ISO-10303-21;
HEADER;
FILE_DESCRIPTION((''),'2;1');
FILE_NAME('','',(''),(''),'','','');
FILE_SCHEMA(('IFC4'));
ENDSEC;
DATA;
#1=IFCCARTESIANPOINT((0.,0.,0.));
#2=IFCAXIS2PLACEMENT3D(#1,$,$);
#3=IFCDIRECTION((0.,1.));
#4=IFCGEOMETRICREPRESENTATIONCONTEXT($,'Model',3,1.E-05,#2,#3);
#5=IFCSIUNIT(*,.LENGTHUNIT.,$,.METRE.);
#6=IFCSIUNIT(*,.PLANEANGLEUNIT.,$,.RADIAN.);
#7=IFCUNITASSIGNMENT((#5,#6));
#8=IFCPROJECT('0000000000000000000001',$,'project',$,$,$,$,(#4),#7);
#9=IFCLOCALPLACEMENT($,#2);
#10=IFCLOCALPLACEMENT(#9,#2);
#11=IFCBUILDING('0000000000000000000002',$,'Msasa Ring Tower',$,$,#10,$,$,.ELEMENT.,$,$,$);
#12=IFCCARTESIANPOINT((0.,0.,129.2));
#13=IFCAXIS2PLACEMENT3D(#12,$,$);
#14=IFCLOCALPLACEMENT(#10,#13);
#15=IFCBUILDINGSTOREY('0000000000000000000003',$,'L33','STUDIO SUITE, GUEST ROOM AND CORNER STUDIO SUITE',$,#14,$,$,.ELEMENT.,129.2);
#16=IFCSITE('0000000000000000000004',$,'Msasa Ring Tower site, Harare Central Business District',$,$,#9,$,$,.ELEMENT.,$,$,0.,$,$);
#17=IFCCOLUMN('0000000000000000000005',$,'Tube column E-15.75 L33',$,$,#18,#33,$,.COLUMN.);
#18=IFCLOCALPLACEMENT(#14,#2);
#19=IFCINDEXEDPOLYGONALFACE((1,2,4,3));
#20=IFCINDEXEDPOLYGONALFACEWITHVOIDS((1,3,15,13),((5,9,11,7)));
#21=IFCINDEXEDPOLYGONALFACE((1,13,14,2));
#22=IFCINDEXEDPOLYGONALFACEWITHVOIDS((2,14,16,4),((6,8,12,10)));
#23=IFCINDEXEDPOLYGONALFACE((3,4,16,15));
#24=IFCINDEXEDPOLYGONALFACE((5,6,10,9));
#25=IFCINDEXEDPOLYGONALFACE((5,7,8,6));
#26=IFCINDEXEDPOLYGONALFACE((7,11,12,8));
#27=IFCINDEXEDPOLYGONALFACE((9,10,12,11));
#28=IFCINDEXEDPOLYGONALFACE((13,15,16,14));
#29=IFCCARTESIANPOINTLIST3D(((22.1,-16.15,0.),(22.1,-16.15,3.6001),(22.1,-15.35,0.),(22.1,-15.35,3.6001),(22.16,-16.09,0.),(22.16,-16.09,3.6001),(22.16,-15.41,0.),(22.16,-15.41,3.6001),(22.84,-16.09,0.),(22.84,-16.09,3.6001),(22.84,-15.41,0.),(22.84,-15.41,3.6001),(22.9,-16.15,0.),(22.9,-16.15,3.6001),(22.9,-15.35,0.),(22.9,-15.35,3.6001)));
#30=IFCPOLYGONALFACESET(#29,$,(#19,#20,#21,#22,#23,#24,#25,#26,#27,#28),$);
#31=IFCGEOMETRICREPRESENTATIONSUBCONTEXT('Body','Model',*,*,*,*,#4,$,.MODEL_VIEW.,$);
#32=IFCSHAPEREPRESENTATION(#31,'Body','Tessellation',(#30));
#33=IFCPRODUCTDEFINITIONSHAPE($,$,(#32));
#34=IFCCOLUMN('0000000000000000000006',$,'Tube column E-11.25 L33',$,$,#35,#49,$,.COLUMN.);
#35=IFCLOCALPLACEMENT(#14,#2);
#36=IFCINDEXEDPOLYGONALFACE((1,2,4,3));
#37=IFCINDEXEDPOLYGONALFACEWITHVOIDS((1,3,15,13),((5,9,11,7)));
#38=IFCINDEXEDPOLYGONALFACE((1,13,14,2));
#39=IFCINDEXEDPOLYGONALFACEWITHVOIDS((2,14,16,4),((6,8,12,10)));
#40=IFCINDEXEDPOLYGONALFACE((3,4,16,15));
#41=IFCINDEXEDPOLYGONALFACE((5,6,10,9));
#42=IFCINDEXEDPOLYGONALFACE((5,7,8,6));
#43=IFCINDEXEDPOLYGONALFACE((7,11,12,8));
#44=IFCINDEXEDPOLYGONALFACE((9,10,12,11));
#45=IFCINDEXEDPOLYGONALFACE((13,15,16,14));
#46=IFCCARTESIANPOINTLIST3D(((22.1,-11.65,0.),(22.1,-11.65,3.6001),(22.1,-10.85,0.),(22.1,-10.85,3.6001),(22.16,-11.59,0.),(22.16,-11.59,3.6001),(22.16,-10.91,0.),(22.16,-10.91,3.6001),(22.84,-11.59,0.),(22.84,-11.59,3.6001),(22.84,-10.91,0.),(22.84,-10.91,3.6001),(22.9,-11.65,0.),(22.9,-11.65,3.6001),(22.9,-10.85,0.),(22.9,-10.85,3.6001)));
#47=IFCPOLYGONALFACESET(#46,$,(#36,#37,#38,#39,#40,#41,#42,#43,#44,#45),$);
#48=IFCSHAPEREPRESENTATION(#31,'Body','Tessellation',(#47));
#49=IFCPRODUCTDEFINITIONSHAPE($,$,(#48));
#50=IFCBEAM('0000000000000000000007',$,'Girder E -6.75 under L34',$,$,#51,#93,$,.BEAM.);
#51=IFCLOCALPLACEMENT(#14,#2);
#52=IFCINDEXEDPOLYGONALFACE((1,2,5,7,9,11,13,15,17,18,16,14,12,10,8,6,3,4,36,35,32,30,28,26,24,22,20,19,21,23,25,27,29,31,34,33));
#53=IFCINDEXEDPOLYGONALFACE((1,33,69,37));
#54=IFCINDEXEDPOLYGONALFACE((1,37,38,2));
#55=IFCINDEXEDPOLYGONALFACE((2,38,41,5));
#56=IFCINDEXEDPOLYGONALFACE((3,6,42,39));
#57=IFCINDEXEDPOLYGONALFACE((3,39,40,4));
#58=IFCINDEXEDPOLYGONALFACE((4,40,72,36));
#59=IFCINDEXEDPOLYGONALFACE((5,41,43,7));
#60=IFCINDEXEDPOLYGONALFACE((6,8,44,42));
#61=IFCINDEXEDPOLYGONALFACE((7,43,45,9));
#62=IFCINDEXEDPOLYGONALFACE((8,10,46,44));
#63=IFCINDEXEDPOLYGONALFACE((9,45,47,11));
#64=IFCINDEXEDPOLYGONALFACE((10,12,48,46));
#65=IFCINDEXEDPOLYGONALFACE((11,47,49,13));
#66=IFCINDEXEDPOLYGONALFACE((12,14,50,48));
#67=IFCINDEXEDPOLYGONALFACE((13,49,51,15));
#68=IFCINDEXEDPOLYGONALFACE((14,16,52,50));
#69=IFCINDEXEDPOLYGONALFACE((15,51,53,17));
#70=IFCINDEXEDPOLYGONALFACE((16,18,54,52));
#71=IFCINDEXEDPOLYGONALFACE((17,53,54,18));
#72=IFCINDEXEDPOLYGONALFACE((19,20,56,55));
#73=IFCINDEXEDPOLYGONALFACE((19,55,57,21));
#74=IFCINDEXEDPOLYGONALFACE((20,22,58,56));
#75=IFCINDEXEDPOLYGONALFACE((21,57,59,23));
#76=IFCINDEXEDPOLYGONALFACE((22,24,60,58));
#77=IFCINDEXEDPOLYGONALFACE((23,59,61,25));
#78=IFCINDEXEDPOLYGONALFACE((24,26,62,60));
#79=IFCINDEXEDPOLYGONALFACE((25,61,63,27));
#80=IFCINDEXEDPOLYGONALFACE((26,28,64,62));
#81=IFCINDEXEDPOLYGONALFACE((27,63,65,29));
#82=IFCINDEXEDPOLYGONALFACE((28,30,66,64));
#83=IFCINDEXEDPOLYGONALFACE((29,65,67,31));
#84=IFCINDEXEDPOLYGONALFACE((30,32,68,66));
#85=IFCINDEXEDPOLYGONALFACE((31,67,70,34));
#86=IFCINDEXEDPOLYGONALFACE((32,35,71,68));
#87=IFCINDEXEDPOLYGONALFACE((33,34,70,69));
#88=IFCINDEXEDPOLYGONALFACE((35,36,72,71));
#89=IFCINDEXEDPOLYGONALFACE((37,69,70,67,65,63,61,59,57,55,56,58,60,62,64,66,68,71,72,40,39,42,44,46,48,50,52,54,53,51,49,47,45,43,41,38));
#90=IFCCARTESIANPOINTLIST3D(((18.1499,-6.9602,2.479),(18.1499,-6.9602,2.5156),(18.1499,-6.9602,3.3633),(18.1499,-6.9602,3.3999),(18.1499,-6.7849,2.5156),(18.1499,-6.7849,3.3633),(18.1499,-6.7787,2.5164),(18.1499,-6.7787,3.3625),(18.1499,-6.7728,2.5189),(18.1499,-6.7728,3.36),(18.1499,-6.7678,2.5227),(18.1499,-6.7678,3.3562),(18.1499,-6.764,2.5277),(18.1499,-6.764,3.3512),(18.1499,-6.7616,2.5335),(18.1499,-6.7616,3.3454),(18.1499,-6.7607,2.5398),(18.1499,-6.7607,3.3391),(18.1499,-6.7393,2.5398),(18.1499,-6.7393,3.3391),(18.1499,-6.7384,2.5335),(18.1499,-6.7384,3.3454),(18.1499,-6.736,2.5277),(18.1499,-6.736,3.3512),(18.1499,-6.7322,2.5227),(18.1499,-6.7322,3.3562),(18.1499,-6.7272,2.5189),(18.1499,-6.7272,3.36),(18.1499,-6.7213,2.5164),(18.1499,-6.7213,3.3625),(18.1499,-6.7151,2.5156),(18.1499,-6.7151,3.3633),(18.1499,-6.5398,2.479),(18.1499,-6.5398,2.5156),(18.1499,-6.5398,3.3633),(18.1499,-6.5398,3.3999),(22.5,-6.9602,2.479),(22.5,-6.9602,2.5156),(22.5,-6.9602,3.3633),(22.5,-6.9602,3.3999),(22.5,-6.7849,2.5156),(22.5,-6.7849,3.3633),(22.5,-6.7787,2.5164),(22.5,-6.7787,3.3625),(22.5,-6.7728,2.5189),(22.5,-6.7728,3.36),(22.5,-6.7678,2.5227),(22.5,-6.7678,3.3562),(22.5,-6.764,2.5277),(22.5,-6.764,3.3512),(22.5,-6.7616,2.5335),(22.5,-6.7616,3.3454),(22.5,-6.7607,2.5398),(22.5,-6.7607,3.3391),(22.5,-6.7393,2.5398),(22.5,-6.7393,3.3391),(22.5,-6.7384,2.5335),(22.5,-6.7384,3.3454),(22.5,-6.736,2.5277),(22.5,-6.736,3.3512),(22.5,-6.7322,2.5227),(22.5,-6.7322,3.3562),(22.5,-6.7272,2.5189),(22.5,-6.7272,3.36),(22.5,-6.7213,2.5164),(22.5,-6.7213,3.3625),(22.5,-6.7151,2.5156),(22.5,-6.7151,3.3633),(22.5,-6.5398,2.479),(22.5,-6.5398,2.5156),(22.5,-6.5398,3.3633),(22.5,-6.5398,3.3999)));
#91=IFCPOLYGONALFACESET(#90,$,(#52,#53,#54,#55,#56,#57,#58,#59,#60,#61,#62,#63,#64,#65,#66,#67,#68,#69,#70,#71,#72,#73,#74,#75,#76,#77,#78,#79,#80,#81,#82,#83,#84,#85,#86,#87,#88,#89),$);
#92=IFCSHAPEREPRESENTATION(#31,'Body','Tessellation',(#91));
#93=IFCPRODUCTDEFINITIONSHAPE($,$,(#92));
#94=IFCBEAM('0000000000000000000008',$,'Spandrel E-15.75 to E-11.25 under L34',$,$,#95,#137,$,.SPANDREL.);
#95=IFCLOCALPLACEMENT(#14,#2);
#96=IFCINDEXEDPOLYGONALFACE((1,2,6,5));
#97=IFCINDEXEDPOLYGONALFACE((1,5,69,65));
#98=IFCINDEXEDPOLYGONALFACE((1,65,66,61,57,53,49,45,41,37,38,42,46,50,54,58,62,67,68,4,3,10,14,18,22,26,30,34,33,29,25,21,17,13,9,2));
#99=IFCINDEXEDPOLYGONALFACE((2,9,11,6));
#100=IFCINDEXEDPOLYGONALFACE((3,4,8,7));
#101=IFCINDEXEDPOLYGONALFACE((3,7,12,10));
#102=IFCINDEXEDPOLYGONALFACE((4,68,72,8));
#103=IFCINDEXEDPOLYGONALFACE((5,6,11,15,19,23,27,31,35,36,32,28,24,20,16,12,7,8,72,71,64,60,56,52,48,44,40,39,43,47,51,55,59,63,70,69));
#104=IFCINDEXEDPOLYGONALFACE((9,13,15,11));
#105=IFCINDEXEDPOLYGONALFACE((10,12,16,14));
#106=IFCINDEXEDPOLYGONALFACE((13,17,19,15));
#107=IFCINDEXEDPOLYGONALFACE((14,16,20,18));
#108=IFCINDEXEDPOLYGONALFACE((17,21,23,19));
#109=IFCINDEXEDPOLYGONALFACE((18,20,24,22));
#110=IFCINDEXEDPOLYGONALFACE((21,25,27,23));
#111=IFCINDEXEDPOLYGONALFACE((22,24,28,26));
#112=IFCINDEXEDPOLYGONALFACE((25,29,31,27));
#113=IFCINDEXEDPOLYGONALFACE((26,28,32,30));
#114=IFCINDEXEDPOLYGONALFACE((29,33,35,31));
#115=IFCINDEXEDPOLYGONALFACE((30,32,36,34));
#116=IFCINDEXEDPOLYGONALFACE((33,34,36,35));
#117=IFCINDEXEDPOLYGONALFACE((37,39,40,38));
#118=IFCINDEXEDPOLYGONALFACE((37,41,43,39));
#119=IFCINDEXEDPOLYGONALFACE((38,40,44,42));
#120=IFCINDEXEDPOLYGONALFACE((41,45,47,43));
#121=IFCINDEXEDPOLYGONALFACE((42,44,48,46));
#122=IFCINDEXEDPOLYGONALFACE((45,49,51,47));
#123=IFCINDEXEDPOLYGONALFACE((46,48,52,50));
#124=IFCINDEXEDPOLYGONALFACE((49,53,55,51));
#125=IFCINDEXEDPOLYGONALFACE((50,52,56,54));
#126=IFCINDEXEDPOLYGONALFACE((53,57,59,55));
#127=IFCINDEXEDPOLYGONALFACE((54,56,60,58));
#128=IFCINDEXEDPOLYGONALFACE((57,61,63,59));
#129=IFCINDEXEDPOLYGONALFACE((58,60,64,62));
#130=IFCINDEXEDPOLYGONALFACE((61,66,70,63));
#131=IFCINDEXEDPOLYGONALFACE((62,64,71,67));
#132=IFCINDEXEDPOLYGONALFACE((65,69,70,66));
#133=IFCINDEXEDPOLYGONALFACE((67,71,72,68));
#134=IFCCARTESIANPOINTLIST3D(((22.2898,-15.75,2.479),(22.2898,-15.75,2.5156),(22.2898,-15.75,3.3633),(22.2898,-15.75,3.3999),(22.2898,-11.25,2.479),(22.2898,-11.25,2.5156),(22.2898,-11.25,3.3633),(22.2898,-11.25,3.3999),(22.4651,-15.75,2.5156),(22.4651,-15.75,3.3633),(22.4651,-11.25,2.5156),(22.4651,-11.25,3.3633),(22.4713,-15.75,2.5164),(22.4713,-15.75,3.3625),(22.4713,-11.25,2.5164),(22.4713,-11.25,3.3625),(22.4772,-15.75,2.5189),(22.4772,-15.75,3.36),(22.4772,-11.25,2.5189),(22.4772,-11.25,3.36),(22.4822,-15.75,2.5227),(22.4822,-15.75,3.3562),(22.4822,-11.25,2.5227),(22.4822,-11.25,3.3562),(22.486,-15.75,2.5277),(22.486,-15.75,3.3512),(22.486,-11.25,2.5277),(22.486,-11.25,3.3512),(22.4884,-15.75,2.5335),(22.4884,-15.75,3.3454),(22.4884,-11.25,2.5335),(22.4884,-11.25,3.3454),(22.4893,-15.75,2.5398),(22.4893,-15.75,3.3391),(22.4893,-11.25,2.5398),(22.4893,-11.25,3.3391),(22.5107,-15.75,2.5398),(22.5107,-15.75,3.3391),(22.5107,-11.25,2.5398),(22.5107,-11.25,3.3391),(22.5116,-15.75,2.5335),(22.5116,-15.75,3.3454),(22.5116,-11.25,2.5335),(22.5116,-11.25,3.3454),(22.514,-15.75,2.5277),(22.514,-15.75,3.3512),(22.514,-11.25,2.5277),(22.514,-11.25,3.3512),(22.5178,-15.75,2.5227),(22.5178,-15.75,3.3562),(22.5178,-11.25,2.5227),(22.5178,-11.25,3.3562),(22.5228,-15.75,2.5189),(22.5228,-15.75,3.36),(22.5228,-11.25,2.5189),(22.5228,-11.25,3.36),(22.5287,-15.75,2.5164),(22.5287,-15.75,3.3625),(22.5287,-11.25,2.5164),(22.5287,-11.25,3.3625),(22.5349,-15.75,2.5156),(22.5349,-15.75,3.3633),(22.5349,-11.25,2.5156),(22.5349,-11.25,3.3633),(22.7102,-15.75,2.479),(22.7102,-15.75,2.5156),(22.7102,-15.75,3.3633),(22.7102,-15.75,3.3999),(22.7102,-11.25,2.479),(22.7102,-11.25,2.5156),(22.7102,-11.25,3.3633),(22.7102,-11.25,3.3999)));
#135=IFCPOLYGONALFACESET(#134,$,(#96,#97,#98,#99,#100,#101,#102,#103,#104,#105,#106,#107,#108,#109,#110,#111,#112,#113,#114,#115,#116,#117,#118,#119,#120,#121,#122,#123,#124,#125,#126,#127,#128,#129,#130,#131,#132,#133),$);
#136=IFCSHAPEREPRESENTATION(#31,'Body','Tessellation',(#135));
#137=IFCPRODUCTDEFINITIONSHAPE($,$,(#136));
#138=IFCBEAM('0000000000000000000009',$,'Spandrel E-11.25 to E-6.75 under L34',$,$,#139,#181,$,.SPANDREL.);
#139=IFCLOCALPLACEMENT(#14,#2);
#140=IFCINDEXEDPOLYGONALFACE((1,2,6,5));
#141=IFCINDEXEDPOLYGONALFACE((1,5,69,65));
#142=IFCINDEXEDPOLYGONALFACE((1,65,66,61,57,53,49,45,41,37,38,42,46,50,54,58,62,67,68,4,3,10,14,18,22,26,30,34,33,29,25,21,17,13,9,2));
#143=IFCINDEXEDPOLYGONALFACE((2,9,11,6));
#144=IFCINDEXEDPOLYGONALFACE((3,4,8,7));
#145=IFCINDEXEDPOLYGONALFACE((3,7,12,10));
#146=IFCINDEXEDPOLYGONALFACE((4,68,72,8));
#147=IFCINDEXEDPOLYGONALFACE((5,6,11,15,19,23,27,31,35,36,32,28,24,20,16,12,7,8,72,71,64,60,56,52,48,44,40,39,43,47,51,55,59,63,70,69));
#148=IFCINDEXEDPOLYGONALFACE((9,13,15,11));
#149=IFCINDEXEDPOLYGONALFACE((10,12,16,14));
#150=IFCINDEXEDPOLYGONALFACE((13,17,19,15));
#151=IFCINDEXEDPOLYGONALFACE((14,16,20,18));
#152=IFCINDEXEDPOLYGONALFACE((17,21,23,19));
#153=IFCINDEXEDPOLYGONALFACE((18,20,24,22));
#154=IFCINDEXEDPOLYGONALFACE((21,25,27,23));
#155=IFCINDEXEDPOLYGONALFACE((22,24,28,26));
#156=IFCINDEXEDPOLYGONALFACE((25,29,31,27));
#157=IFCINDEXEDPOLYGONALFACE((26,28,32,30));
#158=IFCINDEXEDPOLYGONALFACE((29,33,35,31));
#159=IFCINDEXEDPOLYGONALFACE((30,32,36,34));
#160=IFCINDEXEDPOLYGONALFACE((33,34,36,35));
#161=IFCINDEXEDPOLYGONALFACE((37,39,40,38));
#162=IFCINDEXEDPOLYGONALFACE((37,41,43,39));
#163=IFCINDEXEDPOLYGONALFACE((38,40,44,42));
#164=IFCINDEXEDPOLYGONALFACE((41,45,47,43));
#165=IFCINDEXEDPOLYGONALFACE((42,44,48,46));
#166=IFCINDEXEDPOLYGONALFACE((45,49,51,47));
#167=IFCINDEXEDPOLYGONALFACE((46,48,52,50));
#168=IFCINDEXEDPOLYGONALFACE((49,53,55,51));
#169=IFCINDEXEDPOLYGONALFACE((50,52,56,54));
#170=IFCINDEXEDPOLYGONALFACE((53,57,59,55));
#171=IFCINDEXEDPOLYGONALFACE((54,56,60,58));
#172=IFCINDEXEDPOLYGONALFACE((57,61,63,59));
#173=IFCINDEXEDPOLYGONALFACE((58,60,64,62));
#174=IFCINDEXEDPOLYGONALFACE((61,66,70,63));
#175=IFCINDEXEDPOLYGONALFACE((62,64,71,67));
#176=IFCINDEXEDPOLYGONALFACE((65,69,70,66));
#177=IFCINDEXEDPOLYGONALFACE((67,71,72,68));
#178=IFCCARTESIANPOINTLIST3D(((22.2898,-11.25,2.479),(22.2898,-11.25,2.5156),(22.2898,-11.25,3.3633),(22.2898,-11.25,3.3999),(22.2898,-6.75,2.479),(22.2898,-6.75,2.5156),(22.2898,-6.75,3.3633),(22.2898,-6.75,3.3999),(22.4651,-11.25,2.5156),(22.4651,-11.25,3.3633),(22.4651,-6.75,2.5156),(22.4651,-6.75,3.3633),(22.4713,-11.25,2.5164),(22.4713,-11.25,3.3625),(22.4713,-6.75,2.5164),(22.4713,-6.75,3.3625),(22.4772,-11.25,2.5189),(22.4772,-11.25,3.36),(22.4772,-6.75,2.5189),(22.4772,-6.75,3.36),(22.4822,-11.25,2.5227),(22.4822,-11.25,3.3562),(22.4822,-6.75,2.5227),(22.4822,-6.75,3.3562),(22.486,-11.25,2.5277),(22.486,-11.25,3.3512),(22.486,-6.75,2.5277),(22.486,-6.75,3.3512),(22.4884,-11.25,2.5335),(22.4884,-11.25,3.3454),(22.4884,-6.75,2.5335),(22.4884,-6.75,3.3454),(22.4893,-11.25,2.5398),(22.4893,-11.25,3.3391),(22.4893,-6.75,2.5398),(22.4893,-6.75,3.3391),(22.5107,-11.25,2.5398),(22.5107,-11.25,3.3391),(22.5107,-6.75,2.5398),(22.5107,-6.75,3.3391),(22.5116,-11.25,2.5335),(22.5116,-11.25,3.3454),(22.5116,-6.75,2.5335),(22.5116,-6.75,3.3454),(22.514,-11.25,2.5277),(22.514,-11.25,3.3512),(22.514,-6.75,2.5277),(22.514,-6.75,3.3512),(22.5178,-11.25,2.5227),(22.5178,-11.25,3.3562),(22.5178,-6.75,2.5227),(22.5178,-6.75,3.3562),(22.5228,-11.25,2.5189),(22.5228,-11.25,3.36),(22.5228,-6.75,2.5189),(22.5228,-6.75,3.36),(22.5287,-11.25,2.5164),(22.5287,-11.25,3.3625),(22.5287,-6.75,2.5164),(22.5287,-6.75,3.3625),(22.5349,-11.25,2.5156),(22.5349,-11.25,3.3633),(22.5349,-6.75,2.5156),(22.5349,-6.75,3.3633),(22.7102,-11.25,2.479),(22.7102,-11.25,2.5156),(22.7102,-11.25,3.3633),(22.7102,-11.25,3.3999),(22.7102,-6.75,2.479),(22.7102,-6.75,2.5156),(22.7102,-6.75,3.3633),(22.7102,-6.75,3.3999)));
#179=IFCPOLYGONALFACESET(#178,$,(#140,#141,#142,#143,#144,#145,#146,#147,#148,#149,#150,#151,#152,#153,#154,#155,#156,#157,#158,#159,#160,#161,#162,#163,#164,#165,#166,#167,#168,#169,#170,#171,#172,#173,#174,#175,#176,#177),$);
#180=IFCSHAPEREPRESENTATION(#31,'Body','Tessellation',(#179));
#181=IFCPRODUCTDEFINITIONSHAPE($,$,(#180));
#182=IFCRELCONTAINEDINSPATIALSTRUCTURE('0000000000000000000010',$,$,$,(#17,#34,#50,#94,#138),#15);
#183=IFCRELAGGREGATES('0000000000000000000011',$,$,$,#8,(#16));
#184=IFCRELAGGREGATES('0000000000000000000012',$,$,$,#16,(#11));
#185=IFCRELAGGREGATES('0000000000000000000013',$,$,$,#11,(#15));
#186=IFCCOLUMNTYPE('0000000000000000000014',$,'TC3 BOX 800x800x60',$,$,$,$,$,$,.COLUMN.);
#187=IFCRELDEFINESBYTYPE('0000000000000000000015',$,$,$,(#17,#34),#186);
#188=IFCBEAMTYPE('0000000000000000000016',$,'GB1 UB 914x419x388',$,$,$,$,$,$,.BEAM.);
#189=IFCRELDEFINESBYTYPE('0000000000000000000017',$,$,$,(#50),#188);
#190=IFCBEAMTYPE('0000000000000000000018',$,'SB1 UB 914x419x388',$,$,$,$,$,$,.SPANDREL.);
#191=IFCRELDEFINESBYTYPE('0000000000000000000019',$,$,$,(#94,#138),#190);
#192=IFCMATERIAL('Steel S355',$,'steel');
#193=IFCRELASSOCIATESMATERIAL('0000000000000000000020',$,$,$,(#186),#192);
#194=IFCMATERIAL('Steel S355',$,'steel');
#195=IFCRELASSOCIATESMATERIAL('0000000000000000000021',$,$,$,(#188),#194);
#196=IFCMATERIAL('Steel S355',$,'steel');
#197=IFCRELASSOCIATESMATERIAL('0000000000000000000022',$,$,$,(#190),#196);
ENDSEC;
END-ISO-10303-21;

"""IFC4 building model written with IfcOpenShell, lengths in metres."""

from ifc_helpers import new_model, si_unit, direction, frame, origin, origin_2d, place, context, subcontext, project, spatial, hollow_rectangle, i_section, extrude, material, material_profile, profile_set, type_object, element, save


model = new_model("IFC4")

# Units and contexts
model_context = context("Model", 3, precision=1e-05, world=origin(), true_north=direction((0.0, 1.0)))
body_context = subcontext(model_context, "Body", "Model", "MODEL_VIEW")
ifc_project = project(units=[si_unit("LENGTHUNIT", "METRE"), si_unit("PLANEANGLEUNIT", "RADIAN")], contexts=[model_context])

# Site, building, storey
site_placement = place(None, origin())
site = spatial("IfcSite", under=ifc_project, at=site_placement, Name="Msasa Ring Tower site, Harare Central Business District", CompositionType="ELEMENT", RefElevation=0.0)
building_placement = place(site_placement, origin())
building = spatial("IfcBuilding", under=site, at=building_placement, Name="Msasa Ring Tower", CompositionType="ELEMENT")
storey_placement = place(building_placement, frame((0.0, 0.0, 129.2)))
storey = spatial("IfcBuildingStorey", under=building, at=storey_placement, Name="L33", Description="STUDIO SUITE, GUEST ROOM AND CORNER STUDIO SUITE", CompositionType="ELEMENT", Elevation=129.2)

# Columns
ifc_material_1 = material(Name="Steel S355", Category="steel")
ifc_material_profile_1 = material_profile(ifc_material_1, hollow_rectangle(XDim=0.8, YDim=0.8, WallThickness=0.0601, at=origin_2d()), Name="BOX 800x800x60")
ifc_profile_set_1 = profile_set([ifc_material_profile_1], Name="Steel S355")
column_type = type_object("IfcColumnType", Name="TC3 BOX 800x800x60", PredefinedType="COLUMN", material=ifc_profile_set_1)
for number, where, z_axis, x_axis, name in (
    (1, (22.5, -15.75, 0.0), (0.0, 0.0, 1.0), (1.0, 0.0, 0.0), "Tube column E-15.75 L33"),
    (2, (22.5, -11.25, 0.0), (0.0, 0.0, 1.0), (1.0, 0.0, 0.0), "Tube column E-11.25 L33"),
):
    element("IfcColumn", number, at=place(storey_placement, frame(where, z_axis=z_axis, x_axis=x_axis)), inside=storey, type_object=column_type, Name=name, PredefinedType="COLUMN", context=body_context, shape_type="SweptSolid", body=[
        extrude(hollow_rectangle(XDim=0.8, YDim=0.8, WallThickness=0.0601, at=origin_2d()), origin(), (0.0, 0.0, 1.0), 3.6001),
    ])

# Beams
ifc_material_2 = material(Name="Steel S355", Category="steel")
ifc_material_profile_2 = material_profile(ifc_material_2, i_section(OverallWidth=0.4204, OverallDepth=0.9209, WebThickness=0.0215, FlangeThickness=0.0366, FilletRadius=0.0242, at=origin_2d()), Name="UB 914x419x388")
ifc_profile_set_2 = profile_set([ifc_material_profile_2], Name="Steel S355")
beam_type_1 = type_object("IfcBeamType", Name="GB1 UB 914x419x388", PredefinedType="BEAM", material=ifc_profile_set_2)
beam_placement = place(storey_placement, frame((18.1499, -6.75, 2.9395), z_axis=(1.0, 0.0, 0.0), x_axis=(0.0, 1.0, 0.0)))
element("IfcBeam", 3, at=beam_placement, inside=storey, type_object=beam_type_1, Name="Girder E -6.75 under L34", PredefinedType="BEAM", context=body_context, shape_type="SweptSolid", body=[
    extrude(i_section(OverallWidth=0.4204, OverallDepth=0.9209, WebThickness=0.0215, FlangeThickness=0.0366, FilletRadius=0.0242, at=origin_2d()), origin(), (0.0, 0.0, 1.0), 4.3501),
])
ifc_material_3 = material(Name="Steel S355", Category="steel")
ifc_material_profile_3 = material_profile(ifc_material_3, i_section(OverallWidth=0.4204, OverallDepth=0.9209, WebThickness=0.0215, FlangeThickness=0.0366, FilletRadius=0.0242, at=origin_2d()), Name="UB 914x419x388")
ifc_profile_set_3 = profile_set([ifc_material_profile_3], Name="Steel S355")
beam_type_2 = type_object("IfcBeamType", Name="SB1 UB 914x419x388", PredefinedType="SPANDREL", material=ifc_profile_set_3)
for number, where, z_axis, x_axis, name in (
    (4, (22.5, -15.75, 2.9395), (0.0, 1.0, 0.0), (-1.0, 0.0, 0.0), "Spandrel E-15.75 to E-11.25 under L34"),
    (5, (22.5, -11.25, 2.9395), (0.0, 1.0, 0.0), (-1.0, 0.0, 0.0), "Spandrel E-11.25 to E-6.75 under L34"),
):
    element("IfcBeam", number, at=place(storey_placement, frame(where, z_axis=z_axis, x_axis=x_axis)), inside=storey, type_object=beam_type_2, Name=name, PredefinedType="SPANDREL", context=body_context, shape_type="SweptSolid", body=[
        extrude(i_section(OverallWidth=0.4204, OverallDepth=0.9209, WebThickness=0.0215, FlangeThickness=0.0366, FilletRadius=0.0242, at=origin_2d()), origin(), (0.0, 0.0, 1.0), 4.5),
    ])

save(model, "model.ifc")
